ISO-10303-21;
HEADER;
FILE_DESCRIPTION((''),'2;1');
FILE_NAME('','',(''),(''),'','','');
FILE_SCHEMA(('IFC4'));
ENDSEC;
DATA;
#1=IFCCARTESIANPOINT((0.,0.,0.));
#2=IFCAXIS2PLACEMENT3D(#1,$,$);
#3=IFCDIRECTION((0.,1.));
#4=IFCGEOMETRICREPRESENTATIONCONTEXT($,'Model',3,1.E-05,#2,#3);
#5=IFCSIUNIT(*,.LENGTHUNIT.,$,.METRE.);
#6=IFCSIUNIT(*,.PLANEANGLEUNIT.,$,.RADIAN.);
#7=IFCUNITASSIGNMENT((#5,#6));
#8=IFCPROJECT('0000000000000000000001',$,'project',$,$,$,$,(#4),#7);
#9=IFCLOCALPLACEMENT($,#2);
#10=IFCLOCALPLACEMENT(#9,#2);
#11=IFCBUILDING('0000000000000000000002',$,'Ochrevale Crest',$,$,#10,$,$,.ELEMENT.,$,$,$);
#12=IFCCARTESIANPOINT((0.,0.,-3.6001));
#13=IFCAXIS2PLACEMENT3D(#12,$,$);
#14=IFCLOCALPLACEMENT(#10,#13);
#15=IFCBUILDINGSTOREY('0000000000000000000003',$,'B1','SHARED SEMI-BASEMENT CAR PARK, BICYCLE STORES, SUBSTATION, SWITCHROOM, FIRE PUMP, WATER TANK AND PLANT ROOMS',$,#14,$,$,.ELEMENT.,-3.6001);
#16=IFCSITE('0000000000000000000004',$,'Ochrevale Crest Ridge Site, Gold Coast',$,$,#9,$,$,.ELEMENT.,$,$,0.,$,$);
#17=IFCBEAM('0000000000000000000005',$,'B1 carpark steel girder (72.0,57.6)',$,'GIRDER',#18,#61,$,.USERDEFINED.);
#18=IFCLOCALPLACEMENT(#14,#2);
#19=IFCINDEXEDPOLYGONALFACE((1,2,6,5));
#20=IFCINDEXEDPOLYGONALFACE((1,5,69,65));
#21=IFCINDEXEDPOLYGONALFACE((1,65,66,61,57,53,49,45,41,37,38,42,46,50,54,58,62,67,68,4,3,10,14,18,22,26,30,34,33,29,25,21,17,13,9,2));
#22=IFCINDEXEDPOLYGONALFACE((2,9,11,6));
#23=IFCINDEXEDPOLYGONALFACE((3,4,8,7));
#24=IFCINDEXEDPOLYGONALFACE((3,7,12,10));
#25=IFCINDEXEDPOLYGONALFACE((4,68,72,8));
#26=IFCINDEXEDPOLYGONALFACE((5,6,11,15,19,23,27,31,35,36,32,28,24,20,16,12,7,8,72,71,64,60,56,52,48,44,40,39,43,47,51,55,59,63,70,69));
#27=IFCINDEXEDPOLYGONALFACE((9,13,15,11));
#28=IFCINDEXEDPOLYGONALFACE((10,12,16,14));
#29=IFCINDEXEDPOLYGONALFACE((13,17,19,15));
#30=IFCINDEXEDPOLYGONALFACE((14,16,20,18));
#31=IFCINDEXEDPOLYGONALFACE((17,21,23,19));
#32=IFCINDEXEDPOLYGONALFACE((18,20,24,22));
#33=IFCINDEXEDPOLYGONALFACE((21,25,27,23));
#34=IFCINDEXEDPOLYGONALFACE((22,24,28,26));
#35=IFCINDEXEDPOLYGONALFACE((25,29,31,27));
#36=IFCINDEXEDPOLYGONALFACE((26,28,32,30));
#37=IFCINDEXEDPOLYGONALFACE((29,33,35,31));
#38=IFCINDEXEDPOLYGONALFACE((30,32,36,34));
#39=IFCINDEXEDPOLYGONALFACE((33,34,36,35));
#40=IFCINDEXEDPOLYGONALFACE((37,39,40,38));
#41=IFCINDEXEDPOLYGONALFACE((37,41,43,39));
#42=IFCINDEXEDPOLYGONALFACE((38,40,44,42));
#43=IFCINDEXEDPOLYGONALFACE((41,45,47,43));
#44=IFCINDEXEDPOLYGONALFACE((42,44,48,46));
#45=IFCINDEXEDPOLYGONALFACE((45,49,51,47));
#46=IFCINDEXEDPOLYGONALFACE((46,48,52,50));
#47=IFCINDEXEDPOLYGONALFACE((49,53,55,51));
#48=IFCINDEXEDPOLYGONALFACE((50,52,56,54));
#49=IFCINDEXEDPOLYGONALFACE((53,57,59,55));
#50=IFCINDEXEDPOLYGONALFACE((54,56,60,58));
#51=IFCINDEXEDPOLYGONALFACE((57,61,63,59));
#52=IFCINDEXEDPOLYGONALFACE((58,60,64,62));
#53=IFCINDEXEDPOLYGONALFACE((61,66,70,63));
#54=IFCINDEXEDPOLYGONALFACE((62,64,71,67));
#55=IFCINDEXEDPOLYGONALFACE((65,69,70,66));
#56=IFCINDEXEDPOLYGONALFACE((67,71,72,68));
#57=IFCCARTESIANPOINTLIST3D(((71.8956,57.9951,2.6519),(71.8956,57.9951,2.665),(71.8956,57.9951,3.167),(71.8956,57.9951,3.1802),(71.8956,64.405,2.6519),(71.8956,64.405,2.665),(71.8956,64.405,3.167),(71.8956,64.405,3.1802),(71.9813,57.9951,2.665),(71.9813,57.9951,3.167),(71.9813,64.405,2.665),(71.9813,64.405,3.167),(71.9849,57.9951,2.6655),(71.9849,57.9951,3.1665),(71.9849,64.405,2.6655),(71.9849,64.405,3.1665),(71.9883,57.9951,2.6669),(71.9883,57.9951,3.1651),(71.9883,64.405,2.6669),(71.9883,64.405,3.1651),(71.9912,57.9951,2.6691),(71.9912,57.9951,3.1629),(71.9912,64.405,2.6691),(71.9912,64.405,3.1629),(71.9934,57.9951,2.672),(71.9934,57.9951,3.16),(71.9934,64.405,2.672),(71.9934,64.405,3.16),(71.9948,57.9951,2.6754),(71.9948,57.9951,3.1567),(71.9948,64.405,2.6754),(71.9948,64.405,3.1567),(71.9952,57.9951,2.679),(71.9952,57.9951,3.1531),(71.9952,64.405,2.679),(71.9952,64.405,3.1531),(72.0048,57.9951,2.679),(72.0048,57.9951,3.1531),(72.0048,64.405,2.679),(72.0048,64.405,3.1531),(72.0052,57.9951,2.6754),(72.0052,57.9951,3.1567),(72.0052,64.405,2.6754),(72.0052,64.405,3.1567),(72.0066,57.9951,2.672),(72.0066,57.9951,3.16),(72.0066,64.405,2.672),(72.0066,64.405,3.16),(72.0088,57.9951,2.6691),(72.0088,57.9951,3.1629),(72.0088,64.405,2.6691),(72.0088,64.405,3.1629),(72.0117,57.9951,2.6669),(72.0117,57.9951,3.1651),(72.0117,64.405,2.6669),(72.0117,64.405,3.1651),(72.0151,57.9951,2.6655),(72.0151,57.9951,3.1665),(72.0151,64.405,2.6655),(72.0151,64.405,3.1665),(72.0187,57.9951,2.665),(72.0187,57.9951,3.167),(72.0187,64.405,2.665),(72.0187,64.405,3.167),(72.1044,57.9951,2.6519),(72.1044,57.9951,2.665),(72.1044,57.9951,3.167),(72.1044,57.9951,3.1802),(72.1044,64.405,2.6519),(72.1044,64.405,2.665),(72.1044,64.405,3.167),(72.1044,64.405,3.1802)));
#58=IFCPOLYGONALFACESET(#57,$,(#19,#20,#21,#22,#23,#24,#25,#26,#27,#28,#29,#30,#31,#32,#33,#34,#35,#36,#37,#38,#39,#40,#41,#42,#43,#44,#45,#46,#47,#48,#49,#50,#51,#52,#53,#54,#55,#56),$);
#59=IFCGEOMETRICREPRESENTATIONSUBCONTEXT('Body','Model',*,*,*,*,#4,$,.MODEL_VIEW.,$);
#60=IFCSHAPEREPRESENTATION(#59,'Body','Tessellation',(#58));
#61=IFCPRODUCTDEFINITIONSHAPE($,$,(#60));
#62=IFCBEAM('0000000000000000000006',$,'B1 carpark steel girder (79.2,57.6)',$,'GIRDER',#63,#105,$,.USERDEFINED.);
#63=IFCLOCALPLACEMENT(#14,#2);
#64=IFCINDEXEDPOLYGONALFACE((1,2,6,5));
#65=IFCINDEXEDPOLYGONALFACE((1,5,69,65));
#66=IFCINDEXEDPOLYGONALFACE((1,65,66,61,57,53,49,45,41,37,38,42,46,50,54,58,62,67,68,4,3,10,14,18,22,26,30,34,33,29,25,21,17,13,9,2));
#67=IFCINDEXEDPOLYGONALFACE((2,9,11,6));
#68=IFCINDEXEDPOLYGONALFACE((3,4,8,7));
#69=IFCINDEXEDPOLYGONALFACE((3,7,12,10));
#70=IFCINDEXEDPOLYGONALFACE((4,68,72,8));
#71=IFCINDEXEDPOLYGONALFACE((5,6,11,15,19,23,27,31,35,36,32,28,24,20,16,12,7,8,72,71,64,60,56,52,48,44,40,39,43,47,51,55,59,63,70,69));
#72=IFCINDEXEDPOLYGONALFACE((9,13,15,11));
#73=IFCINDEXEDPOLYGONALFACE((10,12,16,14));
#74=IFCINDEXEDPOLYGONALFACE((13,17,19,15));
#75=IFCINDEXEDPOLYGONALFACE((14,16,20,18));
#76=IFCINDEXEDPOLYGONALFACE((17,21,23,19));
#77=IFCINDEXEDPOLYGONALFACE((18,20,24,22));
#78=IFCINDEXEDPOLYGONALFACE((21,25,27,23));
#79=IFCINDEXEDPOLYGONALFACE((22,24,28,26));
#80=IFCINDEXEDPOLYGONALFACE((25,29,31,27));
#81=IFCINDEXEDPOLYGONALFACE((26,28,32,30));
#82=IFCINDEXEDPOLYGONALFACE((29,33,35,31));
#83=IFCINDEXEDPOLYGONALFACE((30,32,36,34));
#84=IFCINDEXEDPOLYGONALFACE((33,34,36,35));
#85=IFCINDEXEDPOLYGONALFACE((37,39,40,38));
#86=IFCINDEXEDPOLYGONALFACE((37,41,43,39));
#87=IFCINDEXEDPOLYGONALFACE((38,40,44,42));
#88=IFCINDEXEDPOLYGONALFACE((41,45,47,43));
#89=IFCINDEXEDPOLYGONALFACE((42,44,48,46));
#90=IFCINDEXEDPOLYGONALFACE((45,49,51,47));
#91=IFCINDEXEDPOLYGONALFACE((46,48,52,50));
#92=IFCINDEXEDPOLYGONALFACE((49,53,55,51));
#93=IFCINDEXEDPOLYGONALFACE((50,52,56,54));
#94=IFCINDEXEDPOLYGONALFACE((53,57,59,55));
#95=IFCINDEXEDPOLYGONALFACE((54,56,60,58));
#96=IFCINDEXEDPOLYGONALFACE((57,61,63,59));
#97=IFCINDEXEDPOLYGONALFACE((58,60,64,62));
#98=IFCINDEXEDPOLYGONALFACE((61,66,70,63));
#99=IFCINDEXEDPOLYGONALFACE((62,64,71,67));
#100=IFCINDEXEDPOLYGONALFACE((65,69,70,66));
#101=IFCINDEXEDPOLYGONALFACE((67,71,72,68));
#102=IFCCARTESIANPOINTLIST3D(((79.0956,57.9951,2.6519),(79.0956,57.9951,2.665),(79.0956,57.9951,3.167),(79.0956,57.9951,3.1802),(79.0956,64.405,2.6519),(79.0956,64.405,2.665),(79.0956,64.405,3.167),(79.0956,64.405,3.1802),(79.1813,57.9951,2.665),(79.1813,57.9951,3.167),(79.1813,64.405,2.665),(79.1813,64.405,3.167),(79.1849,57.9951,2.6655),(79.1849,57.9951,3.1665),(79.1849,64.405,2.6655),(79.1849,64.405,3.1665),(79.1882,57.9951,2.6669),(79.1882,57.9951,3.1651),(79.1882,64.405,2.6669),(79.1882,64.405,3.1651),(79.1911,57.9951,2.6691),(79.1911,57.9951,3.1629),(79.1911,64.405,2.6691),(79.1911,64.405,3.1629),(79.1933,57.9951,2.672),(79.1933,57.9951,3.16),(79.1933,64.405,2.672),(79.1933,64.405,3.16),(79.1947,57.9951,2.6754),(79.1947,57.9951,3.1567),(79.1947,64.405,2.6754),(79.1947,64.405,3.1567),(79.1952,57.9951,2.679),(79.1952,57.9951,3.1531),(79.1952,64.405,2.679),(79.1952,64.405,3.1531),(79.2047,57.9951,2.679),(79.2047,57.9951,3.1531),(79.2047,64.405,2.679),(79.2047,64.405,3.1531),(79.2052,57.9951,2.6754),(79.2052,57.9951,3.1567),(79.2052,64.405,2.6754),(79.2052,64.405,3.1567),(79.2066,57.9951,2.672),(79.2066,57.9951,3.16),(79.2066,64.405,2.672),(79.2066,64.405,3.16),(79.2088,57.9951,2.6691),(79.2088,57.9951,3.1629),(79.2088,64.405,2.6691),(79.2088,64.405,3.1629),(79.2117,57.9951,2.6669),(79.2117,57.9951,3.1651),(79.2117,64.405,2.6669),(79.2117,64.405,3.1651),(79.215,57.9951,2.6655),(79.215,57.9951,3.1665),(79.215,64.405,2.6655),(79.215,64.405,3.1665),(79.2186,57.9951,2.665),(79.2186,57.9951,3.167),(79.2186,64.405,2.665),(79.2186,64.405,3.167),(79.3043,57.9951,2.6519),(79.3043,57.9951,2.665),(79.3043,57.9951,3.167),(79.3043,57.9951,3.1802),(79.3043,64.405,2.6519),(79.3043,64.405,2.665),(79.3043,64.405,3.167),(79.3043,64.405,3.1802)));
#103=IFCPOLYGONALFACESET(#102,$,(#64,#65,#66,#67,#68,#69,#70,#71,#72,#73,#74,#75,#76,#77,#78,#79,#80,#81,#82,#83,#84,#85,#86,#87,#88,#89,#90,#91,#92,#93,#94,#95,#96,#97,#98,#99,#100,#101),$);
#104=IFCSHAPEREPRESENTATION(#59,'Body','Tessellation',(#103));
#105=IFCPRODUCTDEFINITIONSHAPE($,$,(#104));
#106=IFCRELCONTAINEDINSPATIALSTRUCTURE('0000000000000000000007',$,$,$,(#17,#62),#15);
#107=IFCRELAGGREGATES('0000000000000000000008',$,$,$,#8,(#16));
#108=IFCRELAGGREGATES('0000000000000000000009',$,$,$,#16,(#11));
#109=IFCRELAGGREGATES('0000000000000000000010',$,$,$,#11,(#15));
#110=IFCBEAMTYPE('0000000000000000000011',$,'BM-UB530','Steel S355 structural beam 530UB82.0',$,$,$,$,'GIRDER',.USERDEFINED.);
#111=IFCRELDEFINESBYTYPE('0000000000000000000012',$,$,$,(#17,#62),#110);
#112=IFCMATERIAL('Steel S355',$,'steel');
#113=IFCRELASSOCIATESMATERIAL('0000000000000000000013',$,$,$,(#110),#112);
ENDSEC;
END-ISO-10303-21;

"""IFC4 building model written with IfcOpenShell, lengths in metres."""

from ifc_helpers import new_model, si_unit, direction, frame, origin, origin_2d, place, context, subcontext, project, spatial, i_section, extrude, material, material_profile, profile_set, type_object, element, save


model = new_model("IFC4")

# Units and contexts
model_context = context("Model", 3, precision=1e-05, world=origin(), true_north=direction((0.0, 1.0)))
body_context = subcontext(model_context, "Body", "Model", "MODEL_VIEW")
ifc_project = project(units=[si_unit("LENGTHUNIT", "METRE"), si_unit("PLANEANGLEUNIT", "RADIAN")], contexts=[model_context])

# Site, building, storey
site_placement = place(None, origin())
site = spatial("IfcSite", under=ifc_project, at=site_placement, Name="Ochrevale Crest Ridge Site, Gold Coast", CompositionType="ELEMENT", RefElevation=0.0)
building_placement = place(site_placement, origin())
building = spatial("IfcBuilding", under=site, at=building_placement, Name="Ochrevale Crest", CompositionType="ELEMENT")
storey_placement = place(building_placement, frame((0.0, 0.0, -3.6001)))
storey = spatial("IfcBuildingStorey", under=building, at=storey_placement, Name="B1", Description="SHARED SEMI-BASEMENT CAR PARK, BICYCLE STORES, SUBSTATION, SWITCHROOM, FIRE PUMP, WATER TANK AND PLANT ROOMS", CompositionType="ELEMENT", Elevation=-3.6001)

# Beams
ifc_material_1 = material(Name="Steel S355", Category="steel")
ifc_material_profile_1 = material_profile(ifc_material_1, i_section(OverallWidth=0.2087, OverallDepth=0.5283, WebThickness=0.0095, FlangeThickness=0.0132, FilletRadius=0.0139, at=origin_2d()), Name="530UB82.0")
ifc_profile_set_1 = profile_set([ifc_material_profile_1], Name="Steel S355")
beam_type_1 = type_object("IfcBeamType", Name="BM-UB530", Description="Steel S355 structural beam 530UB82.0", ElementType="GIRDER", PredefinedType="USERDEFINED", material=ifc_profile_set_1)
for number, where, z_axis, x_axis, name in (
    (1, (72.0, 57.9951, 2.916), (0.0, 1.0, 0.0), (-1.0, 0.0, 0.0), "B1 carpark steel girder (72.0,57.6)"),
    (2, (79.2, 57.9951, 2.916), (0.0, 1.0, 0.0), (-1.0, 0.0, 0.0), "B1 carpark steel girder (79.2,57.6)"),
):
    element("IfcBeam", number, at=place(storey_placement, frame(where, z_axis=z_axis, x_axis=x_axis)), inside=storey, type_object=beam_type_1, Name=name, ObjectType="GIRDER", PredefinedType="USERDEFINED", context=body_context, shape_type="SweptSolid", body=[
        extrude(i_section(OverallWidth=0.2087, OverallDepth=0.5283, WebThickness=0.0095, FlangeThickness=0.0132, FilletRadius=0.0139, at=origin_2d()), origin(), (0.0, 0.0, 1.0), 6.4099),
    ])

save(model, "model.ifc")
